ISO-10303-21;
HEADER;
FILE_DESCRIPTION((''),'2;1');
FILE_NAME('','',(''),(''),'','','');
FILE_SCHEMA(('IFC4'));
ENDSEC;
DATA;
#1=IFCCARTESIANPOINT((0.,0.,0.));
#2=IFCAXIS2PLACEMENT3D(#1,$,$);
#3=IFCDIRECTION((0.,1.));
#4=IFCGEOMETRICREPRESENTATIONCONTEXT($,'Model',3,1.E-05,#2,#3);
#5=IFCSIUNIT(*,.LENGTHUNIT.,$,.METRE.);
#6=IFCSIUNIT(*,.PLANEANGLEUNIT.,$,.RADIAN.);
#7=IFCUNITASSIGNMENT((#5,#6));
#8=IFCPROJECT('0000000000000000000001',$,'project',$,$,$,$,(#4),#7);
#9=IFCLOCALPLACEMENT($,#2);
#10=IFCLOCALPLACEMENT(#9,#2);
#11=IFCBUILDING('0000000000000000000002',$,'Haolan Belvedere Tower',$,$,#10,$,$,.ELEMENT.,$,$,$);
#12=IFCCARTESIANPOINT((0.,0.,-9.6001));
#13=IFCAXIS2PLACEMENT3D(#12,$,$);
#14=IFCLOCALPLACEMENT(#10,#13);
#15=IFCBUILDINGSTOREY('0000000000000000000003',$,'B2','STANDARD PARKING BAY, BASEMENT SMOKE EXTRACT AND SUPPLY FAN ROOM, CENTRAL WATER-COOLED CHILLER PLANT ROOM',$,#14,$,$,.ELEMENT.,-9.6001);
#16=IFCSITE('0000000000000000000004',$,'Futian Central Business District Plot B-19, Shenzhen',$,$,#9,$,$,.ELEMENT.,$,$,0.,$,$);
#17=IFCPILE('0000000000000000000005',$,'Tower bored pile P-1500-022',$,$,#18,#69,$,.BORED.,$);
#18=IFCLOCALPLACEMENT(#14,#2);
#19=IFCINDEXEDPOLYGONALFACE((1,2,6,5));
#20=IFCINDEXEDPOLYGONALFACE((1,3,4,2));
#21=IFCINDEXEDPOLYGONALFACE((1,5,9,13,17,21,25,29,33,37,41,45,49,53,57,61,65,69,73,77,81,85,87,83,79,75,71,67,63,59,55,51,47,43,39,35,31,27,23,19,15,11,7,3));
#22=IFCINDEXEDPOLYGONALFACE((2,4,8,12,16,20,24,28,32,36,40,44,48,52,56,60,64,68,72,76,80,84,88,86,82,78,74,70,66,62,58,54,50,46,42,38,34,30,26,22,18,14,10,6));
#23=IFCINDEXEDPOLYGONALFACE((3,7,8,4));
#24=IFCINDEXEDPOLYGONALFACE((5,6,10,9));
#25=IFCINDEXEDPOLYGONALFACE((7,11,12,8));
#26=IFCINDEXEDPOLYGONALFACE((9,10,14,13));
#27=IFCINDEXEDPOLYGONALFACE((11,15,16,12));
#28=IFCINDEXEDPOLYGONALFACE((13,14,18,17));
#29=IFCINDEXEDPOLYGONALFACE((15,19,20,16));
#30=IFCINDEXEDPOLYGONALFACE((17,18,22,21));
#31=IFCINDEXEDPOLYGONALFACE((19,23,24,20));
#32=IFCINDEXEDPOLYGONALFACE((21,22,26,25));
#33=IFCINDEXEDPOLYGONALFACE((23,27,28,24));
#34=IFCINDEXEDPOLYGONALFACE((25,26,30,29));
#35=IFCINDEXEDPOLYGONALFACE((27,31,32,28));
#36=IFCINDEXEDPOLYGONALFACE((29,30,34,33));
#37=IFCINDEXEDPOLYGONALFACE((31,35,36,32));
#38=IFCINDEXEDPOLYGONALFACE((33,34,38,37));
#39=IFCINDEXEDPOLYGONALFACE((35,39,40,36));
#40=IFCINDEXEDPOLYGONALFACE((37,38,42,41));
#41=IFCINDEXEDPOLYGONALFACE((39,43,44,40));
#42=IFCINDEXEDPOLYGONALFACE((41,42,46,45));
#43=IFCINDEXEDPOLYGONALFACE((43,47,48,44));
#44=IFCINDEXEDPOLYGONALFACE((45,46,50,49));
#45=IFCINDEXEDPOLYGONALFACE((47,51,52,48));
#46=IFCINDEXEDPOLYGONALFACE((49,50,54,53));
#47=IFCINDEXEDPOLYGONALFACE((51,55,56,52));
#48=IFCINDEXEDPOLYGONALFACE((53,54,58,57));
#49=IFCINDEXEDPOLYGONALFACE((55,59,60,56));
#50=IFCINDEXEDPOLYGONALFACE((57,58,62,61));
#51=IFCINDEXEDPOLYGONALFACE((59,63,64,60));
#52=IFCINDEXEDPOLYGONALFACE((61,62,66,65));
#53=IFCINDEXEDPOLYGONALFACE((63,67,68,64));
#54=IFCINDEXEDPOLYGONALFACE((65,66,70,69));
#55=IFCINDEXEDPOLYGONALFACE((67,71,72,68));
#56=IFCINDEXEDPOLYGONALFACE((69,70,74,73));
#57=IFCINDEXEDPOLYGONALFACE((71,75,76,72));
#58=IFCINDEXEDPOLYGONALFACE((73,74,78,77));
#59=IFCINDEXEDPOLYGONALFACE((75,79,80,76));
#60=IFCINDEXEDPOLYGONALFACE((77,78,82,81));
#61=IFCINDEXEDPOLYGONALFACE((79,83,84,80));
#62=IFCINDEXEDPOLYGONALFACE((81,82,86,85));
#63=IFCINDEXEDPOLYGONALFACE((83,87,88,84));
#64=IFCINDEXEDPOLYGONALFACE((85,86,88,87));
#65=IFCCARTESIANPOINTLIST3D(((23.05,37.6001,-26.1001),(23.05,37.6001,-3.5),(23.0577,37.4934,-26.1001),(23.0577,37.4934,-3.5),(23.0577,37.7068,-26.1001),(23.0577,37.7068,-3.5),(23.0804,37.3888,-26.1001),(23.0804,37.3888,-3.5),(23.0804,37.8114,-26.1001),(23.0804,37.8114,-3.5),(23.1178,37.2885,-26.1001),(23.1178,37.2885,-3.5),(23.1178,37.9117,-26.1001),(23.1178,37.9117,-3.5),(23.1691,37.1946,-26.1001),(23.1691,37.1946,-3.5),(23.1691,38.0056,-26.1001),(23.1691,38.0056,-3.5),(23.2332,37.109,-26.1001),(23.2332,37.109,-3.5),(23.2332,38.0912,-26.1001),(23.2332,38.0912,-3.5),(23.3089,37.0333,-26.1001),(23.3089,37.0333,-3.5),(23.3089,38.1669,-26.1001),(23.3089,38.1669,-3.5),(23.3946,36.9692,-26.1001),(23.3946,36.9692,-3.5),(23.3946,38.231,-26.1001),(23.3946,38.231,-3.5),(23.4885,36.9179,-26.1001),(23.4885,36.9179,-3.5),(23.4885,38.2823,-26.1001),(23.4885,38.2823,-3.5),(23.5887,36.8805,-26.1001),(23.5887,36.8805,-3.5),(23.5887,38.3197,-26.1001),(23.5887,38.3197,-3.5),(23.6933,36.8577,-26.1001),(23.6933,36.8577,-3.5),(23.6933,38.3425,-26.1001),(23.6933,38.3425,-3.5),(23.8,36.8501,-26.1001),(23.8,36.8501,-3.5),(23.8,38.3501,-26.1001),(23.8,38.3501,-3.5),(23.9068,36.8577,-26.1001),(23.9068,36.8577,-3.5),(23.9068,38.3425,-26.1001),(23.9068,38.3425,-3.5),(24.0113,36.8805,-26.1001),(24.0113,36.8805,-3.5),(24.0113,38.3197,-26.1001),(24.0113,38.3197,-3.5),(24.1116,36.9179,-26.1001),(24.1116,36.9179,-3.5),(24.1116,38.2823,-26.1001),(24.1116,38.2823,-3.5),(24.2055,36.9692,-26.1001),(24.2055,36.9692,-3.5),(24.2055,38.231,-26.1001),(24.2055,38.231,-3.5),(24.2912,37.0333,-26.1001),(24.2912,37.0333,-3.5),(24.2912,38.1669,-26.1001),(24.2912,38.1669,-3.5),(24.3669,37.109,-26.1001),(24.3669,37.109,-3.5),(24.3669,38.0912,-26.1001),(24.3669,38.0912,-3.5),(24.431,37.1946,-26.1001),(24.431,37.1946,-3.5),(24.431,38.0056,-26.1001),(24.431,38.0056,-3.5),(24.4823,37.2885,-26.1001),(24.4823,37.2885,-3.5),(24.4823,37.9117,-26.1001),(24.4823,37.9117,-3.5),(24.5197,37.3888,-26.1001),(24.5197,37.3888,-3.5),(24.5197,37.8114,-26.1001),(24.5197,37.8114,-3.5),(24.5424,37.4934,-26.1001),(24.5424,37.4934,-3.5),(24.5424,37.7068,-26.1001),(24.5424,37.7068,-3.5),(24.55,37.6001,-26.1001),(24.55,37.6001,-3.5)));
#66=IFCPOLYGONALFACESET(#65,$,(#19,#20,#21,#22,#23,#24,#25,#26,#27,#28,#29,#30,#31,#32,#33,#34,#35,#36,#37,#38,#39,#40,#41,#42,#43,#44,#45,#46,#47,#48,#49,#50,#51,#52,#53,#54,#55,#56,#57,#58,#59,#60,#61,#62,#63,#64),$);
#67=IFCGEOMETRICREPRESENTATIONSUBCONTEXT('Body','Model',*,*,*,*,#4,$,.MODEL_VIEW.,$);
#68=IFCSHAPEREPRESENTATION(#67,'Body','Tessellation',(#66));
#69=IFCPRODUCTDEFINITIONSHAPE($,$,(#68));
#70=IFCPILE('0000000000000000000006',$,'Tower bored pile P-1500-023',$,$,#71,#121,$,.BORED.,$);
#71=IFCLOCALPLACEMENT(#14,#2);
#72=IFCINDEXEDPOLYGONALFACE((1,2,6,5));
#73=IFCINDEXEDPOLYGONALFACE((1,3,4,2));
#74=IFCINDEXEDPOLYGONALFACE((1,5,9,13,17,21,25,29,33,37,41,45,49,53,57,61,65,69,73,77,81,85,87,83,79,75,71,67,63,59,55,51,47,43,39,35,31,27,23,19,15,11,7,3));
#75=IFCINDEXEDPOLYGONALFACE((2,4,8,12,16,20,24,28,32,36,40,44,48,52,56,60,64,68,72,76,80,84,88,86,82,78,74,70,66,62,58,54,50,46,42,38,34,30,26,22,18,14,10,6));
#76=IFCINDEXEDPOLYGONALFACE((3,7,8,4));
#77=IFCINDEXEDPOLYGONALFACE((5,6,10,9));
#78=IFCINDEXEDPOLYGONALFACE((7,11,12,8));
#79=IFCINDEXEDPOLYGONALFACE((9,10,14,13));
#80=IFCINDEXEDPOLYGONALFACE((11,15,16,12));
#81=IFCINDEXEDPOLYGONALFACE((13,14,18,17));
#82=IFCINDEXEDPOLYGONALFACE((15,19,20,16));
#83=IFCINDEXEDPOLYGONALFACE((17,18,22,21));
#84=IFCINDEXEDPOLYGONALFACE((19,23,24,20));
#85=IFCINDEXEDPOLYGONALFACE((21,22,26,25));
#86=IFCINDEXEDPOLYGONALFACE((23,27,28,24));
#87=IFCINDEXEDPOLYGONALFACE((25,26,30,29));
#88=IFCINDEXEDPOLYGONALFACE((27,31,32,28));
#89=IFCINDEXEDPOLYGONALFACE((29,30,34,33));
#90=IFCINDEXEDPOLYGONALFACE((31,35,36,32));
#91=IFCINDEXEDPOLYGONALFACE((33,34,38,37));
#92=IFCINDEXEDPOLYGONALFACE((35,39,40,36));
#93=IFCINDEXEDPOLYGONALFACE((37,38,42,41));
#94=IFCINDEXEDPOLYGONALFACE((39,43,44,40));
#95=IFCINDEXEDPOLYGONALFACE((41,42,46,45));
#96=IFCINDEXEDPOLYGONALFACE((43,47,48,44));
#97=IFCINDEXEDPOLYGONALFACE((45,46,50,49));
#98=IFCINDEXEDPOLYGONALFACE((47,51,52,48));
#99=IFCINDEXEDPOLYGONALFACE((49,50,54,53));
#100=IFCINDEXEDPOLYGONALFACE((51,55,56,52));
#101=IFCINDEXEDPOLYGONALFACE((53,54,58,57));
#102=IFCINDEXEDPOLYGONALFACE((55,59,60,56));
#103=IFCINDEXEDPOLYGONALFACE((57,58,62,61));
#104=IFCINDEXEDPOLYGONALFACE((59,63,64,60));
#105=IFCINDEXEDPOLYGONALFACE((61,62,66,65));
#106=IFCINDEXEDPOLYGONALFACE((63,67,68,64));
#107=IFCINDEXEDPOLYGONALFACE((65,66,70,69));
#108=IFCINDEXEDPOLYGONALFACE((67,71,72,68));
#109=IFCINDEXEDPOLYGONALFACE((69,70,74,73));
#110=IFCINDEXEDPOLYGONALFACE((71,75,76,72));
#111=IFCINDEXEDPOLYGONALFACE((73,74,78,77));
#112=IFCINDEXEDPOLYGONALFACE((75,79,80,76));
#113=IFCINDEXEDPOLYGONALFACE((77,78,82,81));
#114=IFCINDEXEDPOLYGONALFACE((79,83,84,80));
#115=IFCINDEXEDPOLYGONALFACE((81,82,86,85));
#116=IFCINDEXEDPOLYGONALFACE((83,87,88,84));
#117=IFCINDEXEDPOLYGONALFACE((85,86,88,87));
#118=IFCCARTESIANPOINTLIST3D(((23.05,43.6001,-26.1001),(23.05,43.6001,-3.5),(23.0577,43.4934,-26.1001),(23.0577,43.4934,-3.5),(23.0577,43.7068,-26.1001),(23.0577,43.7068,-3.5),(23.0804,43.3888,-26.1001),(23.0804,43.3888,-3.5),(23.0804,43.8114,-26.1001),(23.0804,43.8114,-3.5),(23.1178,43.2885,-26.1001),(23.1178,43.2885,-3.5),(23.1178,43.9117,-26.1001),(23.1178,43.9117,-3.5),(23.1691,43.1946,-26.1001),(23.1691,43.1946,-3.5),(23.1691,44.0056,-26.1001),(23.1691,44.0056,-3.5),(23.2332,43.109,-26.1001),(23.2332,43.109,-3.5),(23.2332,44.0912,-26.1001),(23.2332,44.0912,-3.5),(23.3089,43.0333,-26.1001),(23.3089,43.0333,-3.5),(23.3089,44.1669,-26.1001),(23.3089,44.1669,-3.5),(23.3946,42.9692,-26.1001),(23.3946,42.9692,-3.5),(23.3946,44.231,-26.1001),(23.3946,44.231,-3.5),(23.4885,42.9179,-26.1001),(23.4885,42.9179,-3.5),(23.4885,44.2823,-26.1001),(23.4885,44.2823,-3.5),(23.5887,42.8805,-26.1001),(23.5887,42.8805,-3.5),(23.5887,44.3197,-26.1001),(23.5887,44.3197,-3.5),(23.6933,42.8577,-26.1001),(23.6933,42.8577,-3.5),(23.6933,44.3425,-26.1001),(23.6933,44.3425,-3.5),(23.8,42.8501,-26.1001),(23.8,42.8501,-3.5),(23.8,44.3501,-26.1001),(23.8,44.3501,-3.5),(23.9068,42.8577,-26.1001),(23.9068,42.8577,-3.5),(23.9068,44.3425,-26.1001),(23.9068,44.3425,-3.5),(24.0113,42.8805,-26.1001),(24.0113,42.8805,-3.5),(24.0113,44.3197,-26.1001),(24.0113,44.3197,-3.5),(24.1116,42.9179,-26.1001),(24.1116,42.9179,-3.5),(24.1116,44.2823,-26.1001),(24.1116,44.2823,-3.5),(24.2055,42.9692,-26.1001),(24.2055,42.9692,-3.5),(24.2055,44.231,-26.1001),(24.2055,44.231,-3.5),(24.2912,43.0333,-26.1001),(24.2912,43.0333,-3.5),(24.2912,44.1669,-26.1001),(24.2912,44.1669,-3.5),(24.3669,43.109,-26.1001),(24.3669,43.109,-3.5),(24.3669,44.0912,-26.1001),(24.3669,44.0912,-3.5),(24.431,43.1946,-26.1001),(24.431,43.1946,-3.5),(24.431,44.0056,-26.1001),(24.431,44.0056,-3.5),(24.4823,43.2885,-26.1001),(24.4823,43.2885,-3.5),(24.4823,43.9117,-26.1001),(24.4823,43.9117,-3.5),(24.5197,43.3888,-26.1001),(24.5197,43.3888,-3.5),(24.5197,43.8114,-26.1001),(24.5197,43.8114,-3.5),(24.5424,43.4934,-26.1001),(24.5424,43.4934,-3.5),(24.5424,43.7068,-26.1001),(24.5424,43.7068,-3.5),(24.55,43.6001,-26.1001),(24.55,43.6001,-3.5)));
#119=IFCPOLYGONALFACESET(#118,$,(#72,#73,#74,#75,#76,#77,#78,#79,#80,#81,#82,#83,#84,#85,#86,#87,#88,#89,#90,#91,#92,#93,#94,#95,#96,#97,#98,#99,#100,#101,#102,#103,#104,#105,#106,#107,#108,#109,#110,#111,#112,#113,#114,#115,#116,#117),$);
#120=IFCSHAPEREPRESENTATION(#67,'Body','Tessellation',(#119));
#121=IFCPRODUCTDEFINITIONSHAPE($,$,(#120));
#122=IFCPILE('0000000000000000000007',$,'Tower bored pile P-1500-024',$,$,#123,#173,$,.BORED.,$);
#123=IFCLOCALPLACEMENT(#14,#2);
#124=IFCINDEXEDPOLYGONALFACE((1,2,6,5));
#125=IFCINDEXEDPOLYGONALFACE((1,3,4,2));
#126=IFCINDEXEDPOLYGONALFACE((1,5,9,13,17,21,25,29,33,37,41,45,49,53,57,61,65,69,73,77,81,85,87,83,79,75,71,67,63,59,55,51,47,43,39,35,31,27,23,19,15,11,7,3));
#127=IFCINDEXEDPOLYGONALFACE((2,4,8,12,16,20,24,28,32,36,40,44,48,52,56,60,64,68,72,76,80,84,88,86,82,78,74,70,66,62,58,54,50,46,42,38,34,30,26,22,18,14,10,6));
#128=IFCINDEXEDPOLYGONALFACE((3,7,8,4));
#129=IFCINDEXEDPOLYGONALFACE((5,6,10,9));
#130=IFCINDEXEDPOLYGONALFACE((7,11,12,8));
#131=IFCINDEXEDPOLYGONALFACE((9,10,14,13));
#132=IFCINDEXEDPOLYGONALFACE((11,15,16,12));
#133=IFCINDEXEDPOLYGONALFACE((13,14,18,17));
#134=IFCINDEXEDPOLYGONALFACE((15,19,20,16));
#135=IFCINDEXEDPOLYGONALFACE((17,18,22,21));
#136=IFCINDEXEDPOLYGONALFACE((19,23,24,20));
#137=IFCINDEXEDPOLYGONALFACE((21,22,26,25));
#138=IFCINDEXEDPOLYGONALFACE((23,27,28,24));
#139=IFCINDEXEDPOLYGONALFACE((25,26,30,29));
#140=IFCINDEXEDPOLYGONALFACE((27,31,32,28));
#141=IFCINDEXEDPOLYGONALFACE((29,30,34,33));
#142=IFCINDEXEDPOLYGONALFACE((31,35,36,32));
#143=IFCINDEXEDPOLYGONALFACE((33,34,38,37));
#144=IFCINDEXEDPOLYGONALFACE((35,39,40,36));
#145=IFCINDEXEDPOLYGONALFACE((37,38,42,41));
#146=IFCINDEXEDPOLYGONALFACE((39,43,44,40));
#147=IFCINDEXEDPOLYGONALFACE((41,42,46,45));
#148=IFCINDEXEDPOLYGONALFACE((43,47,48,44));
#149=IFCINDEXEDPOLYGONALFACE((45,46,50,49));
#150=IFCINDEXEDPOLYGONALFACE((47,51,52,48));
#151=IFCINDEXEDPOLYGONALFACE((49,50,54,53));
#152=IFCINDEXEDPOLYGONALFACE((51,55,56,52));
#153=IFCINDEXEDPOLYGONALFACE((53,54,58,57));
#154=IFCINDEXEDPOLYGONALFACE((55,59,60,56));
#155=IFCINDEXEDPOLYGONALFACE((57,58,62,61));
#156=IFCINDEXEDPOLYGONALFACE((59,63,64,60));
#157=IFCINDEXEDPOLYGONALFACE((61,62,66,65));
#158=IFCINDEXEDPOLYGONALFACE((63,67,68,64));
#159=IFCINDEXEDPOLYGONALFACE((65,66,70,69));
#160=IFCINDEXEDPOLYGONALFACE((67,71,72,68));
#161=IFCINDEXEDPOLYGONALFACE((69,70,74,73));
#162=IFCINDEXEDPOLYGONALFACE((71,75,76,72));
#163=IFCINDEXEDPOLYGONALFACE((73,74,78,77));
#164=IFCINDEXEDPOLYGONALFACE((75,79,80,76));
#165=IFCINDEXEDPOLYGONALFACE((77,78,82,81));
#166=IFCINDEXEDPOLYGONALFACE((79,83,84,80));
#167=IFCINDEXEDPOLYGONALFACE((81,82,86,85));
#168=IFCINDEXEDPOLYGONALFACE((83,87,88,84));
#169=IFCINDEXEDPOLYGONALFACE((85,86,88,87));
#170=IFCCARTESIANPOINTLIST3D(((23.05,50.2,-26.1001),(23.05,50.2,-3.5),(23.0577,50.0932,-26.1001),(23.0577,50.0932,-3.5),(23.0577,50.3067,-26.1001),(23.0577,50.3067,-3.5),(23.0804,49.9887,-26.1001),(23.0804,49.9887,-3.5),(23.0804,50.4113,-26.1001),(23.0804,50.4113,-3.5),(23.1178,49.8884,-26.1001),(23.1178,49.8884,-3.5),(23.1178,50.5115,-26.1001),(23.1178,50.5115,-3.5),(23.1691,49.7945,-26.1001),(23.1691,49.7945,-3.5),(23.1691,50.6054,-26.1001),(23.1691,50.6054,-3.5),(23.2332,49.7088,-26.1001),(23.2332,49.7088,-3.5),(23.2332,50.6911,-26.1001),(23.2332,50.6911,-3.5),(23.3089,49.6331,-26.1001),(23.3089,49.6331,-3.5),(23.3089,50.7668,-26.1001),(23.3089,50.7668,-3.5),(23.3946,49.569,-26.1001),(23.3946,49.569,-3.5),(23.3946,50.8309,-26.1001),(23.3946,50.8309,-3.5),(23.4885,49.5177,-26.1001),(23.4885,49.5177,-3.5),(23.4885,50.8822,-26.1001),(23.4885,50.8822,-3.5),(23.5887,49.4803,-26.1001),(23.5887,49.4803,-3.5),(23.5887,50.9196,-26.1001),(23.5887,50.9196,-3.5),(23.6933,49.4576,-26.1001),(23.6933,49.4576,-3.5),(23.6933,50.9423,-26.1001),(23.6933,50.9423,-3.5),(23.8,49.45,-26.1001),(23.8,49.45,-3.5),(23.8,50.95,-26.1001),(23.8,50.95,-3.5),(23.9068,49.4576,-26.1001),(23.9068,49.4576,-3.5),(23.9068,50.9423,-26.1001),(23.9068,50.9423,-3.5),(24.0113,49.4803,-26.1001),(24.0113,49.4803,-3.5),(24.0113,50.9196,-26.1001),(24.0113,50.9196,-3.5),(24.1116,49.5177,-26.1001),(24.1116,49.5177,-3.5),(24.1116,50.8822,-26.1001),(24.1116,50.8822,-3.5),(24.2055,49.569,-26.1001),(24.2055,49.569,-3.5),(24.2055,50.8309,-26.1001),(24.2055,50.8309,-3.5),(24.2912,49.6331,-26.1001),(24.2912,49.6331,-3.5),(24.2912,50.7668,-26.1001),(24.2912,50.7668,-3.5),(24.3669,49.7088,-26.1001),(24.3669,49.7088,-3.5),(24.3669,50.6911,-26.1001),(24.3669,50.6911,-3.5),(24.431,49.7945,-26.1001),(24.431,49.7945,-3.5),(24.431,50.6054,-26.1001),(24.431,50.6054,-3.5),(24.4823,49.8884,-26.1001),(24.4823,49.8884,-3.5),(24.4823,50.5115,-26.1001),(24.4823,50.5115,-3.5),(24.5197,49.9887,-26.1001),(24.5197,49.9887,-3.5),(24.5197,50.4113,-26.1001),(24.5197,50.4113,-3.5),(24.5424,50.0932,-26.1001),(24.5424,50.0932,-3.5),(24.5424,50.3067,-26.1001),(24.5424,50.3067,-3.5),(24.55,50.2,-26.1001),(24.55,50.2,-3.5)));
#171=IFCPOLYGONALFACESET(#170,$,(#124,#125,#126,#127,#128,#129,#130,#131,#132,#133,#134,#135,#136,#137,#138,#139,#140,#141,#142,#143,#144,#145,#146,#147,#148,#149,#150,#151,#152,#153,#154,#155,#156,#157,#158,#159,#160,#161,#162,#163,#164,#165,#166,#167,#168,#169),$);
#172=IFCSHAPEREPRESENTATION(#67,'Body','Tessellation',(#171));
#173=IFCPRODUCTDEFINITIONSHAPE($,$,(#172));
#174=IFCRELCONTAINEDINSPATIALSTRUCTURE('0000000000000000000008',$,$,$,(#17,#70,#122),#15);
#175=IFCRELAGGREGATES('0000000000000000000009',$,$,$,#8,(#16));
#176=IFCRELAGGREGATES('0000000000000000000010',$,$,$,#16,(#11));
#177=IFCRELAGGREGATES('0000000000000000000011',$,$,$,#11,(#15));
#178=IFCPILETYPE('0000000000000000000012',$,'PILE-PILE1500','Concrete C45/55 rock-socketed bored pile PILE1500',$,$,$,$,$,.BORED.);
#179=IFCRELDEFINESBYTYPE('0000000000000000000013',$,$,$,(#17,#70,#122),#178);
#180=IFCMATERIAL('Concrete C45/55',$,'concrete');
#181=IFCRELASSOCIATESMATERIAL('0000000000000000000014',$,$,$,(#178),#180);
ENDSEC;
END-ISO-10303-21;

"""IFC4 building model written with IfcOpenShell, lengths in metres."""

from ifc_helpers import new_model, si_unit, direction, frame, origin, origin_2d, place, context, subcontext, project, spatial, circle, extrude, material, material_profile, profile_set, type_object, element, save


model = new_model("IFC4")

# Units and contexts
model_context = context("Model", 3, precision=1e-05, world=origin(), true_north=direction((0.0, 1.0)))
body_context = subcontext(model_context, "Body", "Model", "MODEL_VIEW")
ifc_project = project(units=[si_unit("LENGTHUNIT", "METRE"), si_unit("PLANEANGLEUNIT", "RADIAN")], contexts=[model_context])

# Site, building, storey
site_placement = place(None, origin())
site = spatial("IfcSite", under=ifc_project, at=site_placement, Name="Futian Central Business District Plot B-19, Shenzhen", CompositionType="ELEMENT", RefElevation=0.0)
building_placement = place(site_placement, origin())
building = spatial("IfcBuilding", under=site, at=building_placement, Name="Haolan Belvedere Tower", CompositionType="ELEMENT")
storey_placement = place(building_placement, frame((0.0, 0.0, -9.6001)))
storey = spatial("IfcBuildingStorey", under=building, at=storey_placement, Name="B2", Description="STANDARD PARKING BAY, BASEMENT SMOKE EXTRACT AND SUPPLY FAN ROOM, CENTRAL WATER-COOLED CHILLER PLANT ROOM", CompositionType="ELEMENT", Elevation=-9.6001)

# Piles
ifc_material_1 = material(Name="Concrete C45/55", Category="concrete")
ifc_material_profile_1 = material_profile(ifc_material_1, circle(Radius=0.75, at=origin_2d()), Name="Concrete C45/55")
ifc_profile_set_1 = profile_set([ifc_material_profile_1], Name="Concrete C45/55")
pile_type_1 = type_object("IfcPileType", Name="PILE-PILE1500", Description="Concrete C45/55 rock-socketed bored pile PILE1500", PredefinedType="BORED", material=ifc_profile_set_1)
for number, where, z_axis, x_axis, name in (
    (1, (23.8, 37.6001, -3.5), (0.0, 0.0, -1.0), (1.0, 0.0, 0.0), "Tower bored pile P-1500-022"),
    (2, (23.8, 43.6001, -3.5), (0.0, 0.0, -1.0), (1.0, 0.0, 0.0), "Tower bored pile P-1500-023"),
    (3, (23.8, 50.2, -3.5), (0.0, 0.0, -1.0), (1.0, 0.0, 0.0), "Tower bored pile P-1500-024"),
):
    element("IfcPile", number, at=place(storey_placement, frame(where, z_axis=z_axis, x_axis=x_axis)), inside=storey, type_object=pile_type_1, Name=name, PredefinedType="BORED", context=body_context, shape_type="SweptSolid", body=[
        extrude(circle(Radius=0.75, at=origin_2d()), origin(), (0.0, 0.0, 1.0), 22.6001),
    ])

save(model, "model.ifc")
